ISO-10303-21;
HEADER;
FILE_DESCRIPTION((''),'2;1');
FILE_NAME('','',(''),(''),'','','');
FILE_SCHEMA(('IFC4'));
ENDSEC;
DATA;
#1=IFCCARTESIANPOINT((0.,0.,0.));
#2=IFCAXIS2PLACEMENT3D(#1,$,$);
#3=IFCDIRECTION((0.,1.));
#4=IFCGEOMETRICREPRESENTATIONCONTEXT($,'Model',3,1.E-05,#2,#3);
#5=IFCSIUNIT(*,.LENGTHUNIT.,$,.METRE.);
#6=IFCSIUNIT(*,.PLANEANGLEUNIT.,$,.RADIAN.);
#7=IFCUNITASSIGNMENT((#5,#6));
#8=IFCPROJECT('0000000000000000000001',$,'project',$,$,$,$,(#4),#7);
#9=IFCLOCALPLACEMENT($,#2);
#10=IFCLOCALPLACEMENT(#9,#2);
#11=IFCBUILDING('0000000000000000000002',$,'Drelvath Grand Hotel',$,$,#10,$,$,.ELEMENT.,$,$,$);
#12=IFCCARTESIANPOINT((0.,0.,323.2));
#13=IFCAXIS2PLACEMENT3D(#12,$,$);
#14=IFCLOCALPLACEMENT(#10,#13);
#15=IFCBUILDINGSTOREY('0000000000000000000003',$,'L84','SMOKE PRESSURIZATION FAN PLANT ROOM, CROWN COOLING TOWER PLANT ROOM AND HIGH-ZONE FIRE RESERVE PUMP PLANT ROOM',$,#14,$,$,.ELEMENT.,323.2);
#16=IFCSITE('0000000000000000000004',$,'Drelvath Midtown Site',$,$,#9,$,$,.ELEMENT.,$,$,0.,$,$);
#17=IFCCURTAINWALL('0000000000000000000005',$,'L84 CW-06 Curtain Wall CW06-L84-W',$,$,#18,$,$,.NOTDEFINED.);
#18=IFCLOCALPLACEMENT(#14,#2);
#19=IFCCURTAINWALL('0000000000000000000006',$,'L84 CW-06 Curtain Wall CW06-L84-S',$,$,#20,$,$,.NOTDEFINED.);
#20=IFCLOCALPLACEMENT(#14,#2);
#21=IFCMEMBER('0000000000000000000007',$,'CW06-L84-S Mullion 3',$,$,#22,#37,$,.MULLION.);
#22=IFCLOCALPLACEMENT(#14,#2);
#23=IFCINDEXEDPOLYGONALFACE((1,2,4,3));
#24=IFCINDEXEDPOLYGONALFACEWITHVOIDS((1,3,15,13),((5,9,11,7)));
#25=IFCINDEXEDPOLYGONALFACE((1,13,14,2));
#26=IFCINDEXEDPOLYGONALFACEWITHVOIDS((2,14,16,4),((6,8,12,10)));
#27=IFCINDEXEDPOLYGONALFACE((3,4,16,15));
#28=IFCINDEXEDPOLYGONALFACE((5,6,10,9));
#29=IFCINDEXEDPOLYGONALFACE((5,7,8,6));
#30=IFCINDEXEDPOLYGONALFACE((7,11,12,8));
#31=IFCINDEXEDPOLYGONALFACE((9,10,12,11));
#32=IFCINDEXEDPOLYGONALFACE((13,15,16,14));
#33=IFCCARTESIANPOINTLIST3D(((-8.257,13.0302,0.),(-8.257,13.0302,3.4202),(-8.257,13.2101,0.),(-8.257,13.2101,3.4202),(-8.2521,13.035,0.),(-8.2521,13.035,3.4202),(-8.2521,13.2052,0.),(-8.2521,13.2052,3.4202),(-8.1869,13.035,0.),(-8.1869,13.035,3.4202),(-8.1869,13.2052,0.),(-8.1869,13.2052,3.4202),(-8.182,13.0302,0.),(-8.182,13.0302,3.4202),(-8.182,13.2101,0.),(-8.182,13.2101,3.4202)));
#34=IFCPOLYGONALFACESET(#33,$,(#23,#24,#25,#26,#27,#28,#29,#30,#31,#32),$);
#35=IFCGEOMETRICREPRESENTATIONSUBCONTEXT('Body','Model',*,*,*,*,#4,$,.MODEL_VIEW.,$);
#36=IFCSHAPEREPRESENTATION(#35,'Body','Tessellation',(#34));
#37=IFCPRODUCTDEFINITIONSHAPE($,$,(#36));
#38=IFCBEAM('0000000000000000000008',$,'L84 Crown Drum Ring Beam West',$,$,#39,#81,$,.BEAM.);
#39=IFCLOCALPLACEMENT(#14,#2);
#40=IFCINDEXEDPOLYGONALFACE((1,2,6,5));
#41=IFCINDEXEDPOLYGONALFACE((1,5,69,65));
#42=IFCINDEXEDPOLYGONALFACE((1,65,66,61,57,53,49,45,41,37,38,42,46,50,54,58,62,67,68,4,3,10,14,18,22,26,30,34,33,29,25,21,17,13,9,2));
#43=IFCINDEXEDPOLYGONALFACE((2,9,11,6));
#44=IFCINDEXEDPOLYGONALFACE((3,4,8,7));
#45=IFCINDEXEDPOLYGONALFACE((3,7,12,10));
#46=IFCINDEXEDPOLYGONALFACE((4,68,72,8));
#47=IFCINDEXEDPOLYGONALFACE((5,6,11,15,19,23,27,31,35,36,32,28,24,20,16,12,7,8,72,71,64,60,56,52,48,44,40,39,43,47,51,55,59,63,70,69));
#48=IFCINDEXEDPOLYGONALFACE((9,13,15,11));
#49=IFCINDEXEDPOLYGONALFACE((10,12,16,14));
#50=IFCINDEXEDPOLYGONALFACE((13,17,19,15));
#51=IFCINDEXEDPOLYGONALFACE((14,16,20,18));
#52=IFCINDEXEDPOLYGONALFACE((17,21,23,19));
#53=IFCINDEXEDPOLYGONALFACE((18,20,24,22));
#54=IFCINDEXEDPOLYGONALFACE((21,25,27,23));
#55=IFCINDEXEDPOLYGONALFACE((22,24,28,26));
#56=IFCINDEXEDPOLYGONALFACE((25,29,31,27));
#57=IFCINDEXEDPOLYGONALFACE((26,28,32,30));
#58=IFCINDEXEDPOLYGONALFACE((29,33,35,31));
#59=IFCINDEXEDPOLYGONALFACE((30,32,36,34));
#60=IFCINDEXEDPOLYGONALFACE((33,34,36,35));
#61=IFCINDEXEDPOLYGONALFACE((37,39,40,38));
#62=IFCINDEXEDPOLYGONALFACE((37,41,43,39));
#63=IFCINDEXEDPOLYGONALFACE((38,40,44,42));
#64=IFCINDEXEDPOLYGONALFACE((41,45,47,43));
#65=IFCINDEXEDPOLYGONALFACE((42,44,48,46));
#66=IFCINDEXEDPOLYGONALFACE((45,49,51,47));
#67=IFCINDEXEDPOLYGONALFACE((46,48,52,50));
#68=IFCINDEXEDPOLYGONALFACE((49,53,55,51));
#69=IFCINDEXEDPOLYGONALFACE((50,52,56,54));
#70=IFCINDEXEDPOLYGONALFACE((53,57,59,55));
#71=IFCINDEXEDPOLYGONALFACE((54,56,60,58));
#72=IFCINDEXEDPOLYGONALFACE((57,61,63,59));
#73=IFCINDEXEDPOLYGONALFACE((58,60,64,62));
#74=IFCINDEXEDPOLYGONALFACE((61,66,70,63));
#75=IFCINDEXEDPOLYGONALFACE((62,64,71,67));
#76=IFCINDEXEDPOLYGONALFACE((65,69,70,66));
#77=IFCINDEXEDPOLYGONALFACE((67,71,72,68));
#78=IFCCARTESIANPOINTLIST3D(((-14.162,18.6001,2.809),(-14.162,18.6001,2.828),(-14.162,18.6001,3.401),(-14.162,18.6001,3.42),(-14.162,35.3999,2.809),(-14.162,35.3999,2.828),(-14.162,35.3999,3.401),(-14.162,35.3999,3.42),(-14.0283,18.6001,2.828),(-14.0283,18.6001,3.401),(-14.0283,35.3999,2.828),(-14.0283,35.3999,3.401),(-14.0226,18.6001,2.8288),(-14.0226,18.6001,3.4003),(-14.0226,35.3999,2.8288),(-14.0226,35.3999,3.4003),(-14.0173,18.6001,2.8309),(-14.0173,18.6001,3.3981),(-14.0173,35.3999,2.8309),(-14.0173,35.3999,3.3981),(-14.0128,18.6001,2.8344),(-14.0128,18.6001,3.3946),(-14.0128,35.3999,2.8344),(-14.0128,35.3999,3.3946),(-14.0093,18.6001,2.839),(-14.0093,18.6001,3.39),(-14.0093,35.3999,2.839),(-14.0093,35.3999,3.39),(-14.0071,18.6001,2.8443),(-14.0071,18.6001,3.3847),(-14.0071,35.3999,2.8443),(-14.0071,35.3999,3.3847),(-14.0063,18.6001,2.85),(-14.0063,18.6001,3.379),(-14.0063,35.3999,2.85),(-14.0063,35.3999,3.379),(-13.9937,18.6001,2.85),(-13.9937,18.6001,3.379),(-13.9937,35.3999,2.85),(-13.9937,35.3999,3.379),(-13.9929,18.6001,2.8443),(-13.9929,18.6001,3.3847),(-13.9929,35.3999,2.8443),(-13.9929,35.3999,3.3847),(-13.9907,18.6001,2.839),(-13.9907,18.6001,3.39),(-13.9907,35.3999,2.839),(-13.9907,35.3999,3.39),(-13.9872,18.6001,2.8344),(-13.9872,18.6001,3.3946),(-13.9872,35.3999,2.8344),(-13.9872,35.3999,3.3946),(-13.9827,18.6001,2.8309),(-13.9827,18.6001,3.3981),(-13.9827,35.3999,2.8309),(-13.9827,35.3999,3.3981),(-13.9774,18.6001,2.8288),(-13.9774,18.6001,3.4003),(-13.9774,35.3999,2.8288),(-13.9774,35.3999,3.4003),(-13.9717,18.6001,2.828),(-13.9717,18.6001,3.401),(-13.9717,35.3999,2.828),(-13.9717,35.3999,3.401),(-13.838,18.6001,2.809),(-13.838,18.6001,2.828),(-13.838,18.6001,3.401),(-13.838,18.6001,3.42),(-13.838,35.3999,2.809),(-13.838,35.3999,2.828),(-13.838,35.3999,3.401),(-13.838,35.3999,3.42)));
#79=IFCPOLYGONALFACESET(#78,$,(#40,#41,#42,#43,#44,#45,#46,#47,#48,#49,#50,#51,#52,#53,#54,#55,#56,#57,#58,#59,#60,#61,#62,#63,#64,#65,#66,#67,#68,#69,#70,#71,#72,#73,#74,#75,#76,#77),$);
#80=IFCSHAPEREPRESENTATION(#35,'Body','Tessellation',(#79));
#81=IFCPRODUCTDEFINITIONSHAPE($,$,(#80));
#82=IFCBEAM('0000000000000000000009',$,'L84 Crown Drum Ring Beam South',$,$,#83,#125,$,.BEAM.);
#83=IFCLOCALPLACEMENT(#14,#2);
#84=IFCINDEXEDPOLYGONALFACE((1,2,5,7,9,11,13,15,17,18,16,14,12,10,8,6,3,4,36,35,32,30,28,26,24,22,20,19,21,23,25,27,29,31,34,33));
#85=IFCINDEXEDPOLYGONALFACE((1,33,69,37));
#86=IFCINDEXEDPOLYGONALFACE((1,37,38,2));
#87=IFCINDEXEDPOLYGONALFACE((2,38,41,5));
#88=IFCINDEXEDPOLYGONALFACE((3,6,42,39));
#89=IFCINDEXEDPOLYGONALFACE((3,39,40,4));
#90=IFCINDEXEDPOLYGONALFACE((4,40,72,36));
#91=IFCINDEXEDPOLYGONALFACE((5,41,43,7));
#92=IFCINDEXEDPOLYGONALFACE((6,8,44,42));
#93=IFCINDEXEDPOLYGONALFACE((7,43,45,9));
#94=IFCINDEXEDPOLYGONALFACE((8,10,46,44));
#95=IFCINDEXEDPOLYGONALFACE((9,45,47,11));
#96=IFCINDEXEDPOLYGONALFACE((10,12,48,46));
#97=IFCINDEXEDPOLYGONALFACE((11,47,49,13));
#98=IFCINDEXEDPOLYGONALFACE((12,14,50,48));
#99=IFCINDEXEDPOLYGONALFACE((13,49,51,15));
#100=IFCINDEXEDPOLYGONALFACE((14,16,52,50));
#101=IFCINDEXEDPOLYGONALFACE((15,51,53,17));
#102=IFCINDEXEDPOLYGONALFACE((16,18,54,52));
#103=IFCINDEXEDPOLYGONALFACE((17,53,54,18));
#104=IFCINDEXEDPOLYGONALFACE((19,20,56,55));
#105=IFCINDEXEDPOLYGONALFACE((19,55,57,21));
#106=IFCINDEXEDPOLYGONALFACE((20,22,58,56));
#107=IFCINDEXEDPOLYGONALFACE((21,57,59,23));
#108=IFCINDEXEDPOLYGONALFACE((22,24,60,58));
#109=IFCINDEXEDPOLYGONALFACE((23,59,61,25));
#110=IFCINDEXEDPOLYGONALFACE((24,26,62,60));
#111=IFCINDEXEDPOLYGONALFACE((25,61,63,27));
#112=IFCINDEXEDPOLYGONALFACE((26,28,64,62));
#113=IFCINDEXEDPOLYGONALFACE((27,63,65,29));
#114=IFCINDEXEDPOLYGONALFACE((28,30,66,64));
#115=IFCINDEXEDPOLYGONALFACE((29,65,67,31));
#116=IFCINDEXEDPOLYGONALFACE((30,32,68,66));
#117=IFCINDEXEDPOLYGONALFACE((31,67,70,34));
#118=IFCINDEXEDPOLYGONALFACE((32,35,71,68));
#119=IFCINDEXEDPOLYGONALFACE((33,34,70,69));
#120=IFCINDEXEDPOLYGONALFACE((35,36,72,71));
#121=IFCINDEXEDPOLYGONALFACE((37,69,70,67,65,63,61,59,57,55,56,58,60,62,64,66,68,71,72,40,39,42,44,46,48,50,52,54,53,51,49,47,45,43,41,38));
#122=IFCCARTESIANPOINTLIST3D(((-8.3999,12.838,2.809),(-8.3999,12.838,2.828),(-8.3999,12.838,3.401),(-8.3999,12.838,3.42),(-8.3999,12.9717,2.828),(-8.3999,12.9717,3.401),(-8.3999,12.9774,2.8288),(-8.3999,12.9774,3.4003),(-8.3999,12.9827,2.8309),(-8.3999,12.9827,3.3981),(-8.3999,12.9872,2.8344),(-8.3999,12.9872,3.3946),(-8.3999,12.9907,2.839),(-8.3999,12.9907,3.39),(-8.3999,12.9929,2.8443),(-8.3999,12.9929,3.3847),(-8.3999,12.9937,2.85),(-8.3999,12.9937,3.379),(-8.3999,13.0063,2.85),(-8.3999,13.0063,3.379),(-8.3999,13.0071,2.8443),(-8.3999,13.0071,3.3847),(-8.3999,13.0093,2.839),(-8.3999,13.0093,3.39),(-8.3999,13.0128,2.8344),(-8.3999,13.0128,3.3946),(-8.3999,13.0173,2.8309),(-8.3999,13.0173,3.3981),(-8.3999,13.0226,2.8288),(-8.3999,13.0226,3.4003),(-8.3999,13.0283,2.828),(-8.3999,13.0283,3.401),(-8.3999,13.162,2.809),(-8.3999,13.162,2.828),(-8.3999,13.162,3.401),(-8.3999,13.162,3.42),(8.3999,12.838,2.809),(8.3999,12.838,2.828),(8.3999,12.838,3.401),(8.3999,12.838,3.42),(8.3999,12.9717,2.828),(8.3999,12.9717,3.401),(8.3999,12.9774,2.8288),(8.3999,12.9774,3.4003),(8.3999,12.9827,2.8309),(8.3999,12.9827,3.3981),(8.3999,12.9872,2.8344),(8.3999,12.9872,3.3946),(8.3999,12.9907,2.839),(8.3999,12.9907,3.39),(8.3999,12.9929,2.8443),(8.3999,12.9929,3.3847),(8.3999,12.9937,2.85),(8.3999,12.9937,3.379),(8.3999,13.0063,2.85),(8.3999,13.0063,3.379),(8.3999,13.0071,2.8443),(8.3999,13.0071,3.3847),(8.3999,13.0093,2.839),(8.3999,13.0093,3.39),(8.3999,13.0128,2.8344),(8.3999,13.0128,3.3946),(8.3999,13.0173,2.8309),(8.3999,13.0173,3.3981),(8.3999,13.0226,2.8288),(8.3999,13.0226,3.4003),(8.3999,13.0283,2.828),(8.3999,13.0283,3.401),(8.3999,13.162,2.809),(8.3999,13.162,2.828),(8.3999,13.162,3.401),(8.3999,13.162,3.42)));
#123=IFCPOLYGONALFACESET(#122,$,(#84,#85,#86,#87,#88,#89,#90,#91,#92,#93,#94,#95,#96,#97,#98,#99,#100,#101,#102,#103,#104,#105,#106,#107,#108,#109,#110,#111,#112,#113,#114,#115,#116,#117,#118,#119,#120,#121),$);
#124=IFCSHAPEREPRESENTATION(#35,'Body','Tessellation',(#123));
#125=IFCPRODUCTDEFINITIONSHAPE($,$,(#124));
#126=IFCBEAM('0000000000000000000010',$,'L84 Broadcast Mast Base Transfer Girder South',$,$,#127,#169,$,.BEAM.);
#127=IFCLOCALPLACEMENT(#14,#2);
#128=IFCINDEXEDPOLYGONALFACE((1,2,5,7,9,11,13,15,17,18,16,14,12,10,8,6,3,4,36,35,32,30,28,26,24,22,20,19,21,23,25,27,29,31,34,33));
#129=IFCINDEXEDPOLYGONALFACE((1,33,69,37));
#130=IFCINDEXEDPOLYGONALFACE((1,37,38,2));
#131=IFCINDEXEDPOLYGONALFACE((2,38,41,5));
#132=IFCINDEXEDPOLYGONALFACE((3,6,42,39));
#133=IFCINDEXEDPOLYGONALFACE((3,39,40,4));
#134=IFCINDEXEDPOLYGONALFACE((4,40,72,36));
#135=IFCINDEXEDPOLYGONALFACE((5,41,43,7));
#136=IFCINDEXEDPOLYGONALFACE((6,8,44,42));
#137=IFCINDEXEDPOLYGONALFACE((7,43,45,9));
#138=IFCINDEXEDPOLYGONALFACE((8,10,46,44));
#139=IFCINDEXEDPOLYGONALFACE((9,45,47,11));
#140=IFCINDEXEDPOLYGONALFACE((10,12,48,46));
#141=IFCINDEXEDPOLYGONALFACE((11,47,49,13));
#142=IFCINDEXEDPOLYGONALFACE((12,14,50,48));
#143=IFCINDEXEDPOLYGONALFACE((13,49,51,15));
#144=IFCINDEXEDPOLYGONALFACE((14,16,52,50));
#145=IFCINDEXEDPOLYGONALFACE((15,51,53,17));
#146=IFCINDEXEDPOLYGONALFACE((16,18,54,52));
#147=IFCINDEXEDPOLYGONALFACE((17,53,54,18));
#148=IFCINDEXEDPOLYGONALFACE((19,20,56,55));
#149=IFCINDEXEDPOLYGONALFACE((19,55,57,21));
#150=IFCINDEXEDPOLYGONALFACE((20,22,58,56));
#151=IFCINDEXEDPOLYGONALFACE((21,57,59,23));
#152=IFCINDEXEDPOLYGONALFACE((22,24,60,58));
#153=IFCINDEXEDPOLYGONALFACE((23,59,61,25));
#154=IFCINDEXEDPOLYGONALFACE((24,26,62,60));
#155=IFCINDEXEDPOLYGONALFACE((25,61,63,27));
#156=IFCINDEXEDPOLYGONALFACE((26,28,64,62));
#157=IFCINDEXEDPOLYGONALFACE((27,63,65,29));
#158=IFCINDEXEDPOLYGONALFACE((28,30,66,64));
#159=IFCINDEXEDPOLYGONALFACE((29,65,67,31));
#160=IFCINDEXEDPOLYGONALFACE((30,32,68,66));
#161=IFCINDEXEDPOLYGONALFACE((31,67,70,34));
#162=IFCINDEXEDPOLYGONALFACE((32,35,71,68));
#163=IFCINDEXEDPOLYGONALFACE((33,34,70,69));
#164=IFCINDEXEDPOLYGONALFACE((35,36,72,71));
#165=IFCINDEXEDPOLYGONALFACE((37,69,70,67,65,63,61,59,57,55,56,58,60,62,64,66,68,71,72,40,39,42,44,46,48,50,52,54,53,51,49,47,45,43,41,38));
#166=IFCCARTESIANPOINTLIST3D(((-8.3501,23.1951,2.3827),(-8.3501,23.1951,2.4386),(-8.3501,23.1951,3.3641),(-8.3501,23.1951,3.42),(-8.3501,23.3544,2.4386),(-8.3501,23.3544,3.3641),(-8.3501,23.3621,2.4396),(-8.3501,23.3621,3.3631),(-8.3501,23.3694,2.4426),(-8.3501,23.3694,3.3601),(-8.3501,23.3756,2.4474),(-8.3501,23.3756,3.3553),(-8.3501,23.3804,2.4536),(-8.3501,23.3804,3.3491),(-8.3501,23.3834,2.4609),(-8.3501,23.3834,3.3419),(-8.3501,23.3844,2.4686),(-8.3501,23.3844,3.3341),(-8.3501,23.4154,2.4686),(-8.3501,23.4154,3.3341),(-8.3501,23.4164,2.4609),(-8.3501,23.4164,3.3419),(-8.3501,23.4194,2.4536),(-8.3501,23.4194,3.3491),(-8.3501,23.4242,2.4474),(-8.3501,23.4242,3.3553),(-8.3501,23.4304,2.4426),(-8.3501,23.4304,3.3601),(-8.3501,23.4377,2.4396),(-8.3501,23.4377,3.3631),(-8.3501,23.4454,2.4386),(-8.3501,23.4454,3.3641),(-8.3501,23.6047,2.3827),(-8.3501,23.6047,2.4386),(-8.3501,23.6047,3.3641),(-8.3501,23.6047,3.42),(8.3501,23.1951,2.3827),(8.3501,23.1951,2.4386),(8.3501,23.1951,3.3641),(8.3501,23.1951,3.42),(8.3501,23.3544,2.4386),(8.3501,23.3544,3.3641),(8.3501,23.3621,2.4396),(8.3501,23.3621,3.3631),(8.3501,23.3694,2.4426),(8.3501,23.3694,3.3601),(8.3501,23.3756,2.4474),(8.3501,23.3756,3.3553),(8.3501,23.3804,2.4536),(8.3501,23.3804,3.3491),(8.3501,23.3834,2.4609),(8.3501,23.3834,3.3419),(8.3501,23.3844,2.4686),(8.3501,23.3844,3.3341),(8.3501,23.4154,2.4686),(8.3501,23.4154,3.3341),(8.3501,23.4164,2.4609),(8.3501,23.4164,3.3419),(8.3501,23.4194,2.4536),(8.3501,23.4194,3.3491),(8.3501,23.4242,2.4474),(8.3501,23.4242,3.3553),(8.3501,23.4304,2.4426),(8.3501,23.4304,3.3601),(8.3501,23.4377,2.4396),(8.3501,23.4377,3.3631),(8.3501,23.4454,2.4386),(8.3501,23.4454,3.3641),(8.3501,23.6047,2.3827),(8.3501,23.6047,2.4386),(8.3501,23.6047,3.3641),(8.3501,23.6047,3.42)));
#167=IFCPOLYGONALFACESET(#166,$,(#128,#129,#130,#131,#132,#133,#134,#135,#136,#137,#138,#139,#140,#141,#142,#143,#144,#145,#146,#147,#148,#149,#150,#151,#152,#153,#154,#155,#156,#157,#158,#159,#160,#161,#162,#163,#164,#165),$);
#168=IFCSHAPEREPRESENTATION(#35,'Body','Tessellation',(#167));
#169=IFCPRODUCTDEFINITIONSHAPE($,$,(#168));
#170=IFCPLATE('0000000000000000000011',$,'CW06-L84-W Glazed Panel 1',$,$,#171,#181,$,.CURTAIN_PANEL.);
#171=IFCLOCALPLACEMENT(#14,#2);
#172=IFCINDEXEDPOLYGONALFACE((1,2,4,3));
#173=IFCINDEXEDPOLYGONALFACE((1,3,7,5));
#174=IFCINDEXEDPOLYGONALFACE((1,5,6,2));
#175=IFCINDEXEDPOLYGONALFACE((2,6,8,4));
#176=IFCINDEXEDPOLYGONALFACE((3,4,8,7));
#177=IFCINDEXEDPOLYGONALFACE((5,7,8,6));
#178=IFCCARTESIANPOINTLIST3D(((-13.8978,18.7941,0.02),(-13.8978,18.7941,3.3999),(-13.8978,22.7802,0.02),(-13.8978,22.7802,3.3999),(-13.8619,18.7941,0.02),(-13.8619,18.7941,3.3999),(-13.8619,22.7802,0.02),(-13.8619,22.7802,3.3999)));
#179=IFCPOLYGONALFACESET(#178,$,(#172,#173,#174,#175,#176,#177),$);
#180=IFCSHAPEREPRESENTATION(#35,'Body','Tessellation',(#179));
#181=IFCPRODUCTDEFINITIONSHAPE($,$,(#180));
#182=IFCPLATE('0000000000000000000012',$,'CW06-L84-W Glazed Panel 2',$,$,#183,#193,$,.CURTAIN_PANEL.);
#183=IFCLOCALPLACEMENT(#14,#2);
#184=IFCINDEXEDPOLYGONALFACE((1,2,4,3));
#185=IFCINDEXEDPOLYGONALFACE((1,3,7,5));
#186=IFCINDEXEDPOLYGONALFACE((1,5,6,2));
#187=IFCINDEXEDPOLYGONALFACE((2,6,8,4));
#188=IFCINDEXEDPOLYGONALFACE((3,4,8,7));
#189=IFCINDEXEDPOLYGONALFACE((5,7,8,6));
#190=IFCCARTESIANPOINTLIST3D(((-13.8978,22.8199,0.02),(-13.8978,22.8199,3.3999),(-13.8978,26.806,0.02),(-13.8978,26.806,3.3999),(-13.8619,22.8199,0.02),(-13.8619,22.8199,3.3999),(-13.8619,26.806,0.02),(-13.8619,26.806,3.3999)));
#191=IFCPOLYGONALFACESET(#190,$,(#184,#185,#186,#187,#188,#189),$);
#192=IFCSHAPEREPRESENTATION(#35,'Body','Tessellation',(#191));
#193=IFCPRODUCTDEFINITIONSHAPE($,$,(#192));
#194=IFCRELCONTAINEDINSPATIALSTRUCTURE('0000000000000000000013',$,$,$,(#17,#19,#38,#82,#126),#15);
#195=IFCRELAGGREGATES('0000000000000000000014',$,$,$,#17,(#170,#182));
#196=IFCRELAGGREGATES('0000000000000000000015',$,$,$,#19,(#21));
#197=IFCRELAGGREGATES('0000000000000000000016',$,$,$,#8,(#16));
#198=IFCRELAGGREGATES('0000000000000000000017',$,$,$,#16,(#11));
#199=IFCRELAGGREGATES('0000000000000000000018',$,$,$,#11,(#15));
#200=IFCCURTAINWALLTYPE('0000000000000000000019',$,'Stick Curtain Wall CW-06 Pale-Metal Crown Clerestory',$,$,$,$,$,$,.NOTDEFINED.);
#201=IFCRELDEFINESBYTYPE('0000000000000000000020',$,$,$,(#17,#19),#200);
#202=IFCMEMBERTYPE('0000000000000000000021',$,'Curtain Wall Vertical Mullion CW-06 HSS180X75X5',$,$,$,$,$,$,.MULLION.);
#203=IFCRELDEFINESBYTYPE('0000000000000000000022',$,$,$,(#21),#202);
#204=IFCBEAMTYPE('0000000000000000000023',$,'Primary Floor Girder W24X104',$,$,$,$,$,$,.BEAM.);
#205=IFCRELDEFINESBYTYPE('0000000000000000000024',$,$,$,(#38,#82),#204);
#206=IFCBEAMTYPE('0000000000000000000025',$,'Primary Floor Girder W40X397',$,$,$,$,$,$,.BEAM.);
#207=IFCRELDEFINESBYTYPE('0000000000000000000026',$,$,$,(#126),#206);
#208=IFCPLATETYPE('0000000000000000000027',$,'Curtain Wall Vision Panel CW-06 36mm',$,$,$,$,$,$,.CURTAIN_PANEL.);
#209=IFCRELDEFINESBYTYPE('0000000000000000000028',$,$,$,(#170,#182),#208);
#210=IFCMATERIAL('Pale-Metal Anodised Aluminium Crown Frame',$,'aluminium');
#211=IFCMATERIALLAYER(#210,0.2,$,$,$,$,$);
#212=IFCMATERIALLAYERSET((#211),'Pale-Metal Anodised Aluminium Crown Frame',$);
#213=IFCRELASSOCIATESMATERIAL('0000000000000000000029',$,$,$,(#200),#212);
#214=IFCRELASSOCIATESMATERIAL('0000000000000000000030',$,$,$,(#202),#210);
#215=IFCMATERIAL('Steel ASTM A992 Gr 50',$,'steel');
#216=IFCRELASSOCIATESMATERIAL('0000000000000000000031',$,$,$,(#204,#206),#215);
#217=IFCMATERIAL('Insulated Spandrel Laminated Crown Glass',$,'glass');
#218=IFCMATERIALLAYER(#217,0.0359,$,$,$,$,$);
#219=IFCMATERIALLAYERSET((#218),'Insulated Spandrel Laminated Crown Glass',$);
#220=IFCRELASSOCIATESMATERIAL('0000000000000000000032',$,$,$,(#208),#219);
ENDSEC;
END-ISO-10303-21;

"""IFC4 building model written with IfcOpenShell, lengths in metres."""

from ifc_helpers import new_model, si_unit, direction, frame, origin, origin_2d, place, context, subcontext, project, spatial, rectangle, hollow_rectangle, i_section, extrude, material, layer, layer_set, material_profile, profile_set, type_object, element, aggregate, save


model = new_model("IFC4")

# Units and contexts
model_context = context("Model", 3, precision=1e-05, world=origin(), true_north=direction((0.0, 1.0)))
body_context = subcontext(model_context, "Body", "Model", "MODEL_VIEW")
ifc_project = project(units=[si_unit("LENGTHUNIT", "METRE"), si_unit("PLANEANGLEUNIT", "RADIAN")], contexts=[model_context])

# Site, building, storey
site_placement = place(None, origin())
site = spatial("IfcSite", under=ifc_project, at=site_placement, Name="Drelvath Midtown Site", CompositionType="ELEMENT", RefElevation=0.0)
building_placement = place(site_placement, origin())
building = spatial("IfcBuilding", under=site, at=building_placement, Name="Drelvath Grand Hotel", CompositionType="ELEMENT")
storey_placement = place(building_placement, frame((0.0, 0.0, 323.2)))
storey = spatial("IfcBuildingStorey", under=building, at=storey_placement, Name="L84", Description="SMOKE PRESSURIZATION FAN PLANT ROOM, CROWN COOLING TOWER PLANT ROOM AND HIGH-ZONE FIRE RESERVE PUMP PLANT ROOM", CompositionType="ELEMENT", Elevation=323.2)

# Curtain walls, member
ifc_material_1 = material(Name="Pale-Metal Anodised Aluminium Crown Frame", Category="aluminium")
ifc_layer_1 = layer(ifc_material_1, 0.2)
ifc_layer_set_1 = layer_set([ifc_layer_1], Name="Pale-Metal Anodised Aluminium Crown Frame")
curtain_wall_type = type_object("IfcCurtainWallType", Name="Stick Curtain Wall CW-06 Pale-Metal Crown Clerestory", PredefinedType="NOTDEFINED", material=ifc_layer_set_1)
curtain_wall_1_placement = place(storey_placement, origin())
curtain_wall_1 = element("IfcCurtainWall", 1, at=curtain_wall_1_placement, inside=storey, type_object=curtain_wall_type, Name="L84 CW-06 Curtain Wall CW06-L84-W", PredefinedType="NOTDEFINED")
ifc_material_profile_1 = material_profile(ifc_material_1, hollow_rectangle(XDim=0.075, YDim=0.1799, WallThickness=0.0049, at=origin_2d()), Name="HSS180X75X5")
ifc_profile_set_1 = profile_set([ifc_material_profile_1], Name="Pale-Metal Anodised Aluminium Crown Frame")
member_type_1 = type_object("IfcMemberType", Name="Curtain Wall Vertical Mullion CW-06 HSS180X75X5", PredefinedType="MULLION", material=ifc_profile_set_1)
curtain_wall_2_placement = place(storey_placement, origin())
curtain_wall_2 = element("IfcCurtainWall", 2, at=curtain_wall_2_placement, inside=storey, type_object=curtain_wall_type, Name="L84 CW-06 Curtain Wall CW06-L84-S", PredefinedType="NOTDEFINED")
member_1_placement = place(storey_placement, frame((-8.2195, 13.1201, 0.0), z_axis=(0.0, 0.0, 1.0), x_axis=(1.0, 0.0, 0.0)))
member_1 = element("IfcMember", 3, at=member_1_placement, type_object=member_type_1, Name="CW06-L84-S Mullion 3", PredefinedType="MULLION", context=body_context, shape_type="SweptSolid", body=[
    extrude(hollow_rectangle(XDim=0.075, YDim=0.1799, WallThickness=0.0049, at=origin_2d()), origin(), (0.0, 0.0, 1.0), 3.4202),
])

# Beams
ifc_material_2 = material(Name="Steel ASTM A992 Gr 50", Category="steel")
ifc_material_profile_2 = material_profile(ifc_material_2, i_section(OverallWidth=0.324, OverallDepth=0.6111, WebThickness=0.0127, FlangeThickness=0.019, FilletRadius=0.022, at=origin_2d()), Name="W24X104")
ifc_profile_set_2 = profile_set([ifc_material_profile_2], Name="Steel ASTM A992 Gr 50")
beam_type_1 = type_object("IfcBeamType", Name="Primary Floor Girder W24X104", PredefinedType="BEAM", material=ifc_profile_set_2)
for number, where, z_axis, x_axis, name in (
    (4, (-14.0, 18.6001, 3.1145), (0.0, 1.0, 0.0), (-1.0, 0.0, 0.0), "L84 Crown Drum Ring Beam West"),
    (5, (-8.3999, 13.0, 3.1145), (1.0, 0.0, 0.0), (0.0, 1.0, 0.0), "L84 Crown Drum Ring Beam South"),
):
    element("IfcBeam", number, at=place(storey_placement, frame(where, z_axis=z_axis, x_axis=x_axis)), inside=storey, type_object=beam_type_1, Name=name, PredefinedType="BEAM", context=body_context, shape_type="SweptSolid", body=[
        extrude(i_section(OverallWidth=0.324, OverallDepth=0.6111, WebThickness=0.0127, FlangeThickness=0.019, FilletRadius=0.022, at=origin_2d()), origin(), (0.0, 0.0, 1.0), 16.7998),
    ])
ifc_material_profile_3 = material_profile(ifc_material_2, i_section(OverallWidth=0.4097, OverallDepth=1.0374, WebThickness=0.031, FlangeThickness=0.0559, FilletRadius=0.03, at=origin_2d()), Name="W40X397")
ifc_profile_set_3 = profile_set([ifc_material_profile_3], Name="Steel ASTM A992 Gr 50")
beam_type_2 = type_object("IfcBeamType", Name="Primary Floor Girder W40X397", PredefinedType="BEAM", material=ifc_profile_set_3)
beam_1_placement = place(storey_placement, frame((-8.3501, 23.3999, 2.9014), z_axis=(1.0, 0.0, 0.0), x_axis=(0.0, 1.0, 0.0)))
element("IfcBeam", 6, at=beam_1_placement, inside=storey, type_object=beam_type_2, Name="L84 Broadcast Mast Base Transfer Girder South", PredefinedType="BEAM", context=body_context, shape_type="SweptSolid", body=[
    extrude(i_section(OverallWidth=0.4097, OverallDepth=1.0374, WebThickness=0.031, FlangeThickness=0.0559, FilletRadius=0.03, at=origin_2d()), origin(), (0.0, 0.0, 1.0), 16.7002),
])

# Plates
ifc_material_3 = material(Name="Insulated Spandrel Laminated Crown Glass", Category="glass")
ifc_layer_2 = layer(ifc_material_3, 0.0359)
ifc_layer_set_2 = layer_set([ifc_layer_2], Name="Insulated Spandrel Laminated Crown Glass")
plate_type = type_object("IfcPlateType", Name="Curtain Wall Vision Panel CW-06 36mm", PredefinedType="CURTAIN_PANEL", material=ifc_layer_set_2)
plate_1_placement = place(storey_placement, frame((-13.8799, 20.7871, 0.02), z_axis=(0.0, 0.0, 1.0), x_axis=(0.0, 1.0, 0.0)))
plate_1 = element("IfcPlate", 7, at=plate_1_placement, type_object=plate_type, Name="CW06-L84-W Glazed Panel 1", PredefinedType="CURTAIN_PANEL", context=body_context, shape_type="SweptSolid", body=[
    extrude(rectangle(XDim=3.9861, YDim=0.0359, at=origin_2d()), origin(), (0.0, 0.0, 1.0), 3.3799),
])
plate_2_placement = place(storey_placement, frame((-13.8799, 24.813, 0.02), z_axis=(0.0, 0.0, 1.0), x_axis=(0.0, 1.0, 0.0)))
plate_2 = element("IfcPlate", 8, at=plate_2_placement, type_object=plate_type, Name="CW06-L84-W Glazed Panel 2", PredefinedType="CURTAIN_PANEL", context=body_context, shape_type="SweptSolid", body=[
    extrude(rectangle(XDim=3.9861, YDim=0.0359, at=origin_2d()), origin(), (0.0, 0.0, 1.0), 3.3799),
])
aggregate(curtain_wall_1, [plate_1, plate_2])
aggregate(curtain_wall_2, [member_1])

save(model, "model.ifc")
